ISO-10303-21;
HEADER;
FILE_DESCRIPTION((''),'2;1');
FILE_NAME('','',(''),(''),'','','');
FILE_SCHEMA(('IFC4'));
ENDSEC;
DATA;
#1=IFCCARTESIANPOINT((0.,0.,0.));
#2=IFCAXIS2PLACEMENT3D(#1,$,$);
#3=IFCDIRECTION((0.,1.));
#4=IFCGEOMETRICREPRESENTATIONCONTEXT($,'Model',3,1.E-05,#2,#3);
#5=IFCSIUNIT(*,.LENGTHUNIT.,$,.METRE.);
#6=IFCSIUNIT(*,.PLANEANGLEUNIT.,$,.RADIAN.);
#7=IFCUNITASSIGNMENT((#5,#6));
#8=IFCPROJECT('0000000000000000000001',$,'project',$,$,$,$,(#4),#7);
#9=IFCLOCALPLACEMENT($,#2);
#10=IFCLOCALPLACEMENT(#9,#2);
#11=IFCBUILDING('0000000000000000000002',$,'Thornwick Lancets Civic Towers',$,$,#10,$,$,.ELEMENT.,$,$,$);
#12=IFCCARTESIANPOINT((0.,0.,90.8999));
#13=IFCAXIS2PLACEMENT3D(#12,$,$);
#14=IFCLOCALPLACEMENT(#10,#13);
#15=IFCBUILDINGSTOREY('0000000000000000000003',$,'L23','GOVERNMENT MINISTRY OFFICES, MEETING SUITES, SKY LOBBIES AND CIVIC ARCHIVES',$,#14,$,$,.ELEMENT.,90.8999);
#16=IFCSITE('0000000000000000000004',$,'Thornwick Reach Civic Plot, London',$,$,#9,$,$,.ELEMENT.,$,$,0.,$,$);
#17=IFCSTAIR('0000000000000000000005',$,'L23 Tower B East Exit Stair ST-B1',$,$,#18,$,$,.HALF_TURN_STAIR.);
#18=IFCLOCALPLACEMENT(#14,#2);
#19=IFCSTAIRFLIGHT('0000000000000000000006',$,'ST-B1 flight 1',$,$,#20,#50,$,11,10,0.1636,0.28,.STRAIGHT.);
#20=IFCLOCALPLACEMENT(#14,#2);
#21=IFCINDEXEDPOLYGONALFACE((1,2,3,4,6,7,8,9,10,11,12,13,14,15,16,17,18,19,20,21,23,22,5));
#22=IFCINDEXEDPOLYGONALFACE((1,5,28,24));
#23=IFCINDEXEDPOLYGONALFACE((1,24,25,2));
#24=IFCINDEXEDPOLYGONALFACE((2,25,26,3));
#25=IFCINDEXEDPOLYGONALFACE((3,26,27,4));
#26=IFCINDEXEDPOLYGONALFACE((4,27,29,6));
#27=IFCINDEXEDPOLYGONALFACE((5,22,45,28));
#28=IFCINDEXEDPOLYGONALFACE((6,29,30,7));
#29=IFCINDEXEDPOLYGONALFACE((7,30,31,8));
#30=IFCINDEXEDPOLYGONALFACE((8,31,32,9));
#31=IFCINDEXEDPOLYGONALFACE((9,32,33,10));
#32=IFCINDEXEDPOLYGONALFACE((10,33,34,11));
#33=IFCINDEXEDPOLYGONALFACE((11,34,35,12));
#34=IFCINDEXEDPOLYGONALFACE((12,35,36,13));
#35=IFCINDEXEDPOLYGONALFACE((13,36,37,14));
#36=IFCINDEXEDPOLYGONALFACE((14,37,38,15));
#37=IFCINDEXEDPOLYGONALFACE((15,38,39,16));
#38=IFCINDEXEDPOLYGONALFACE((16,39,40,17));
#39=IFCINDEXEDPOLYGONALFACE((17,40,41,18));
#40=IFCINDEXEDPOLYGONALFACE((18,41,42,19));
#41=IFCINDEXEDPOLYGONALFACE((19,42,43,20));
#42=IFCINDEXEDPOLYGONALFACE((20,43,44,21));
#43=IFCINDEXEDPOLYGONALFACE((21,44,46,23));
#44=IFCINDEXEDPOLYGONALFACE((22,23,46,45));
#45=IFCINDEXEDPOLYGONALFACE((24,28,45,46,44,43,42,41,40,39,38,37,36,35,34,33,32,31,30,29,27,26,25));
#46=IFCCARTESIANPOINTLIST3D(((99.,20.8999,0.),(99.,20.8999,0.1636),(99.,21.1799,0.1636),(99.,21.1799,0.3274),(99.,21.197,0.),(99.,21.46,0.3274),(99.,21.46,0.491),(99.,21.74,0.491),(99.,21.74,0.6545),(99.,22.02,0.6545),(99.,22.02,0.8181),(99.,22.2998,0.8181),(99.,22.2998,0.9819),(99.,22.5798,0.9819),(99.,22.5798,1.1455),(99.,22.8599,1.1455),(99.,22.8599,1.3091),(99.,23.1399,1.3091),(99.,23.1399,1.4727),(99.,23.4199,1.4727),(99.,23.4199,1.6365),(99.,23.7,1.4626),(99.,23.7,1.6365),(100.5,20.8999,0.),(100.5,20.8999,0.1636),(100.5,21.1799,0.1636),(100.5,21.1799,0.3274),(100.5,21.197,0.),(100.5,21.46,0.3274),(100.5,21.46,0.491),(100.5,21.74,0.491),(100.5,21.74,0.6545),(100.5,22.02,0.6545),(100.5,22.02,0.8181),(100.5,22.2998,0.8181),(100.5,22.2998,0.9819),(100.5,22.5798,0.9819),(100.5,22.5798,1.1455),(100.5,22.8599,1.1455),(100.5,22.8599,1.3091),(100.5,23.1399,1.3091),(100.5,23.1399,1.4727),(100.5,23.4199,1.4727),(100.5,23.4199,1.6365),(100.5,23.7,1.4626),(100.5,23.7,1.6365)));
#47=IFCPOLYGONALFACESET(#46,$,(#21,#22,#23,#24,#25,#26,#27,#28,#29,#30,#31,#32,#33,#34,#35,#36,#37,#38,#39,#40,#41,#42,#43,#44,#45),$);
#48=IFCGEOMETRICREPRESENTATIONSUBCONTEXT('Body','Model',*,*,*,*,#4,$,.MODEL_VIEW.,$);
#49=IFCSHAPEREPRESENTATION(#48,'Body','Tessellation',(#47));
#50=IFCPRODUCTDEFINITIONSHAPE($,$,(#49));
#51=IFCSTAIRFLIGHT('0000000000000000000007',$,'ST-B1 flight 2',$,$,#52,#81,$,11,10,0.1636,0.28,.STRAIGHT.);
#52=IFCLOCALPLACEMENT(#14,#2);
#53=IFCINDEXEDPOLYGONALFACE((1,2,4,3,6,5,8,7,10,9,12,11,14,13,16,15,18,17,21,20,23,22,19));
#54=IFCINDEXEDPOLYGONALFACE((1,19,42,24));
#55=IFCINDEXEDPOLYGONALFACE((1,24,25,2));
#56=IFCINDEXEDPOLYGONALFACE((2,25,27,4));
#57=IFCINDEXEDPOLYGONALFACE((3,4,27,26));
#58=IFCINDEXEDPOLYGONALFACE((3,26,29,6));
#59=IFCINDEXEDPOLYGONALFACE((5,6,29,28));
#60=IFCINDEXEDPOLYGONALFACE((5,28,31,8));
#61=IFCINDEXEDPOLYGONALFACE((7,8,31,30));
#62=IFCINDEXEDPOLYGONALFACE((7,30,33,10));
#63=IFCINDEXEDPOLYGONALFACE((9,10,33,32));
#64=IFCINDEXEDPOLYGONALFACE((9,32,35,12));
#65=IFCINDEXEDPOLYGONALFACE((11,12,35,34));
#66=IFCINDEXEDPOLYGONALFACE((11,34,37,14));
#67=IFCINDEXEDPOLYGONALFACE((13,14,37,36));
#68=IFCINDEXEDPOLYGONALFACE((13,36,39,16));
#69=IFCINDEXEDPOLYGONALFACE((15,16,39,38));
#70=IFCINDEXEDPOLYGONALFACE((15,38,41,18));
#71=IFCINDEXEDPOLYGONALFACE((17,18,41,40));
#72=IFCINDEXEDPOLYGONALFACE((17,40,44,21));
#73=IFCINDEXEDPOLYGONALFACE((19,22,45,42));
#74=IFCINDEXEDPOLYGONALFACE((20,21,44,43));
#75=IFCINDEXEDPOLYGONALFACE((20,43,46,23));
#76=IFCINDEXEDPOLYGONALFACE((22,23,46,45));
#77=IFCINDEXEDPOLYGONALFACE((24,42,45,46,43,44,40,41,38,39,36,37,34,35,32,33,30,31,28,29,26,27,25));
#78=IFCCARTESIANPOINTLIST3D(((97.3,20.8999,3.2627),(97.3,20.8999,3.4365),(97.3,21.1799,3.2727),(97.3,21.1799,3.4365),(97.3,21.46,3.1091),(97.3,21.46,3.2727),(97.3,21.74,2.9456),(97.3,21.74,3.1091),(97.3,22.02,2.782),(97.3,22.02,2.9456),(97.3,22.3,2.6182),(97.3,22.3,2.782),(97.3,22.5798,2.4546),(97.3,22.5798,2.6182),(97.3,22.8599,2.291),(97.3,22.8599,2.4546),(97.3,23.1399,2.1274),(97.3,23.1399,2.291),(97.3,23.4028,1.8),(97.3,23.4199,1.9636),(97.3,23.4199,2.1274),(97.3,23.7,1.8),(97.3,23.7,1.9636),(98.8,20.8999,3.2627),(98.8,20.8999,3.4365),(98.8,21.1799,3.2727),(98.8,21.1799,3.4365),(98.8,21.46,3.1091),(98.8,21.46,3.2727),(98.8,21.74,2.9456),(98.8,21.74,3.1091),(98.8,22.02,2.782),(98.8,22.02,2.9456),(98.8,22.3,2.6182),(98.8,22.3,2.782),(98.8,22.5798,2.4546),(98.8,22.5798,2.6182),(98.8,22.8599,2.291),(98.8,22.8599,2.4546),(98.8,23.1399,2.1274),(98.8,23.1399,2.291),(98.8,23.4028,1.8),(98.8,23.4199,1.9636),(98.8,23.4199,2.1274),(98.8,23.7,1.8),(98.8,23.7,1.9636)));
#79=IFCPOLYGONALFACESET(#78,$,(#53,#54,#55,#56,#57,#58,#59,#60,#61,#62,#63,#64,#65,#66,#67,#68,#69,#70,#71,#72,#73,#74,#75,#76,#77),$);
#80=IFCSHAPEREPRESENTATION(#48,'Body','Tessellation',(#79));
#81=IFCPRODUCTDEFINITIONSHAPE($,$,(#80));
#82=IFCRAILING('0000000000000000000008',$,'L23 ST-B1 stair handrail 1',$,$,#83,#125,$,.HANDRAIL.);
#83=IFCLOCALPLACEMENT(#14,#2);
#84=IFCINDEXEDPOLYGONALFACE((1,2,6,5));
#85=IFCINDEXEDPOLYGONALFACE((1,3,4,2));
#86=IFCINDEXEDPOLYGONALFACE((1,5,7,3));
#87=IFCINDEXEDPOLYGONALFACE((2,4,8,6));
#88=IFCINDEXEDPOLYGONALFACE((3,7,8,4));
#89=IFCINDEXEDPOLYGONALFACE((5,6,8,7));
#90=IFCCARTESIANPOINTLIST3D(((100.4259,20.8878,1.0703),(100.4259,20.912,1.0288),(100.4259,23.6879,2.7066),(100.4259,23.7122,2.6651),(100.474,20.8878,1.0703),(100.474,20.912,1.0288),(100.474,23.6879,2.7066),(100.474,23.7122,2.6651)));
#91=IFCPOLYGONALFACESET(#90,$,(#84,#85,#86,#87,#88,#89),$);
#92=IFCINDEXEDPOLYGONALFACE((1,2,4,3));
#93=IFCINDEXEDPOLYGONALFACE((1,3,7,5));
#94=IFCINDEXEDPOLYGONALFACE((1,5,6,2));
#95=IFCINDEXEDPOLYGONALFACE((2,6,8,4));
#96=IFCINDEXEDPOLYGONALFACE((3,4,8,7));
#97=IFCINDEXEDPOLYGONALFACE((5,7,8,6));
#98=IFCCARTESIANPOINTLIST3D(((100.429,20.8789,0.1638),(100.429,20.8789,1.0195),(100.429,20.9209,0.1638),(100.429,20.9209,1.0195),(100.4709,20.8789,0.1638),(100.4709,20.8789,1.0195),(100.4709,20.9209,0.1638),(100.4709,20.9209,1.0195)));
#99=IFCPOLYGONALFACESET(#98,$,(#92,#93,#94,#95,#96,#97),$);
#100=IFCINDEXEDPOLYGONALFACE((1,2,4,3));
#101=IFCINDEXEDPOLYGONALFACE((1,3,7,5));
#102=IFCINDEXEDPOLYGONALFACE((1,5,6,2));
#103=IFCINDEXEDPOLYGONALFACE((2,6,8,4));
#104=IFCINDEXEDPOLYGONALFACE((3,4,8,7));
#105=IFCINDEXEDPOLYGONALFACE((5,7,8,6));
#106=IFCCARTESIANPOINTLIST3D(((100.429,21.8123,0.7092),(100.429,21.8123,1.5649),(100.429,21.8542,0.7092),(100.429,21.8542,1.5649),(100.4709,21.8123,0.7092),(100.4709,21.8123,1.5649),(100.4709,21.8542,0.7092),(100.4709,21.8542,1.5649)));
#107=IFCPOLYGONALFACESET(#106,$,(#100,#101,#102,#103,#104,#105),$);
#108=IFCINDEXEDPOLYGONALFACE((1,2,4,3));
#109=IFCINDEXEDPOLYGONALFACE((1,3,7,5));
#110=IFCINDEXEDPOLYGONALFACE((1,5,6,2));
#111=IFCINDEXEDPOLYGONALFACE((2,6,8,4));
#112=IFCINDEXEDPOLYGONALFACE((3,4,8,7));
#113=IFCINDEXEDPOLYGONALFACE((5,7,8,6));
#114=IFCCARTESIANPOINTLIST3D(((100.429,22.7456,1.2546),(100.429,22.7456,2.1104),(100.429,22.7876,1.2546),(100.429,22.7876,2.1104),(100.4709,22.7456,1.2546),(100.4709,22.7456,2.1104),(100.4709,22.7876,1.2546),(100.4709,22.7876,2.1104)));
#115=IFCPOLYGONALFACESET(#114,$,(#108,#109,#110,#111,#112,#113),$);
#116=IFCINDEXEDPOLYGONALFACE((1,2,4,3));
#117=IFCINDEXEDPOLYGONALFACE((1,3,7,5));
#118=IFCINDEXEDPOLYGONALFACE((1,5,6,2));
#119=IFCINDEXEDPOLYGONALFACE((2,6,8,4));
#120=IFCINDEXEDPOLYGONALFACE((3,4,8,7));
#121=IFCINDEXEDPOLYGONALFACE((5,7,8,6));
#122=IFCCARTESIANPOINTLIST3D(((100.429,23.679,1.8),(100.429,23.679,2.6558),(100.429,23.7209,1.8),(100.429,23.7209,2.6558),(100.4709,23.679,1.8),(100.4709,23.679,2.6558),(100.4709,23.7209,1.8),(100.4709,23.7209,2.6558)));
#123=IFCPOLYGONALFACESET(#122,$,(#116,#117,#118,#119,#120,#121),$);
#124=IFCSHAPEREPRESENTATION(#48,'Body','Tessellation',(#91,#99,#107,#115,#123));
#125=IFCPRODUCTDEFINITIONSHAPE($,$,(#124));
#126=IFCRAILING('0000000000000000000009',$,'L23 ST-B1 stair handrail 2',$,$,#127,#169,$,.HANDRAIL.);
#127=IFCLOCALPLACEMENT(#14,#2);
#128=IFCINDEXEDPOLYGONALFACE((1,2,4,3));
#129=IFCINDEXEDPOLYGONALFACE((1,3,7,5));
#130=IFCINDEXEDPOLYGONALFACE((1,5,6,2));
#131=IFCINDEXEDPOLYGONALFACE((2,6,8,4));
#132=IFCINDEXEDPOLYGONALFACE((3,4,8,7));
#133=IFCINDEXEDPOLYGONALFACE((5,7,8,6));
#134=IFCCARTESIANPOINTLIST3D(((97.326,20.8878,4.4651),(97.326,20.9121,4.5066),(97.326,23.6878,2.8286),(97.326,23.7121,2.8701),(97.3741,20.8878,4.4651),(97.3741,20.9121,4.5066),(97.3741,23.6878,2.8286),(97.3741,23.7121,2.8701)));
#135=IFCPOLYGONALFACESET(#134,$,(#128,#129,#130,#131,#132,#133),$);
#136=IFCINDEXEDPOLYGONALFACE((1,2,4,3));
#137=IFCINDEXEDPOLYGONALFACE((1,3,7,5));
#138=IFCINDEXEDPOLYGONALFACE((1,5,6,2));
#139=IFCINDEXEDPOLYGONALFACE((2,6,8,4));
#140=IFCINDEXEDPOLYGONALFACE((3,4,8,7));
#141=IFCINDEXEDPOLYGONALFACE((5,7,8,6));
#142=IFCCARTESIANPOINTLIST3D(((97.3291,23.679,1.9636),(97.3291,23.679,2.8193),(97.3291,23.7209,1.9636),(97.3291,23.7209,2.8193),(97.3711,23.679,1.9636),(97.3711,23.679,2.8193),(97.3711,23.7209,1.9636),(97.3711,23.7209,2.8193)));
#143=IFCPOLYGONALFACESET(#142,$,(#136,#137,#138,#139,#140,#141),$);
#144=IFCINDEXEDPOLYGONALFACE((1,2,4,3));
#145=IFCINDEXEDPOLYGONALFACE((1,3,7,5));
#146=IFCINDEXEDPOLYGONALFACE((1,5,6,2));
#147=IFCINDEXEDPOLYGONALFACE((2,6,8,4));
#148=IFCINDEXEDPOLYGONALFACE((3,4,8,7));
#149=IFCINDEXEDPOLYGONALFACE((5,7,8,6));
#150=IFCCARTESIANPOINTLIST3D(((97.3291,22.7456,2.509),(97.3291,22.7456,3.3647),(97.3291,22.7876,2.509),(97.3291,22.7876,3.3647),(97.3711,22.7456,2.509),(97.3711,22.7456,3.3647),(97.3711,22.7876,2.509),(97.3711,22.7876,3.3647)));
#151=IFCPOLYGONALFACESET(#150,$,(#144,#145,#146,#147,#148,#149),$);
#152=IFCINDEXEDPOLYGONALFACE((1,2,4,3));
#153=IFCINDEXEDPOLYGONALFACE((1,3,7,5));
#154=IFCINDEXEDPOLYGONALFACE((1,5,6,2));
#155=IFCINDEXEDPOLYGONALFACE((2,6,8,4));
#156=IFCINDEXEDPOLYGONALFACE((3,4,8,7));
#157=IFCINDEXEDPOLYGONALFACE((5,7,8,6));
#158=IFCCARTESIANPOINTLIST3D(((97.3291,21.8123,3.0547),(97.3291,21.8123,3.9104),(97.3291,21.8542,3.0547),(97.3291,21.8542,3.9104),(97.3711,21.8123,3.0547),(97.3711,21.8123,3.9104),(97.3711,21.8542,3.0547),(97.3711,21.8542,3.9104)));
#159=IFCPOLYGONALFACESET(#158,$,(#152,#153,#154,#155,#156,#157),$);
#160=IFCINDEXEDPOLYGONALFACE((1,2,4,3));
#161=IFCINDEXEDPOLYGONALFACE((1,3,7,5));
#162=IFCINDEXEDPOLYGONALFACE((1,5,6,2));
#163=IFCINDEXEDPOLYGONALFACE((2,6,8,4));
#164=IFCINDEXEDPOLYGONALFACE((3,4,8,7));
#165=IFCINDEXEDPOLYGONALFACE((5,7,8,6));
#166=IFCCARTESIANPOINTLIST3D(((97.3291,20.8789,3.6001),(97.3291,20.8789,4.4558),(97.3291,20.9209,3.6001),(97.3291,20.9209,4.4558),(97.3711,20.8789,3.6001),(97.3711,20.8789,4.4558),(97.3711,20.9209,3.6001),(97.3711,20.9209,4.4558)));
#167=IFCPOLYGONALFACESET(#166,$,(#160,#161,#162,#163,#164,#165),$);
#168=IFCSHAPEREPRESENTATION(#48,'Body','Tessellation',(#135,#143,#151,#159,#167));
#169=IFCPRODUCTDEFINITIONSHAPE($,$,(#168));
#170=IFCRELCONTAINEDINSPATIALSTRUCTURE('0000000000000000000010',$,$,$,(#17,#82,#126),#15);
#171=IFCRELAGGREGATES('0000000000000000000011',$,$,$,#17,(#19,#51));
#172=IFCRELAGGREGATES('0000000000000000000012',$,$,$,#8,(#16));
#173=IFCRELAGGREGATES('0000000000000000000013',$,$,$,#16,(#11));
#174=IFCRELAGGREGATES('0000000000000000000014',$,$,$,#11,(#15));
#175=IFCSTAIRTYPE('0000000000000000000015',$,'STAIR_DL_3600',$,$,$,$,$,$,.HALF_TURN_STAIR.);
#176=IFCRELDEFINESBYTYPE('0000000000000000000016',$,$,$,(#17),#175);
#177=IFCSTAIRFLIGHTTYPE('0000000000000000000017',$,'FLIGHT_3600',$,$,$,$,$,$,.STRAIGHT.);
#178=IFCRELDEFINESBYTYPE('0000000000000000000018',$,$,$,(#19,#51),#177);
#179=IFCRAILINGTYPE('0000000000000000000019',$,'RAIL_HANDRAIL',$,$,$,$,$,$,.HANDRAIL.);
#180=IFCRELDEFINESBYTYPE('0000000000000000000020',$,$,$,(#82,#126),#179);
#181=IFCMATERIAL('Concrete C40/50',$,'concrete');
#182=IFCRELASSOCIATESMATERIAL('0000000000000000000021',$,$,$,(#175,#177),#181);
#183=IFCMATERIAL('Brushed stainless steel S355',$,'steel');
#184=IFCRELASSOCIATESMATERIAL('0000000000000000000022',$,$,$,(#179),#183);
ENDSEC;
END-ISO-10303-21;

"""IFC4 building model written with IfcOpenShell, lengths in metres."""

from ifc_helpers import new_model, si_unit, direction, frame, origin, origin_2d, place, context, subcontext, project, spatial, polyline, rectangle, outline, extrude, material, type_object, element, aggregate, save


model = new_model("IFC4")

# Units and contexts
model_context = context("Model", 3, precision=1e-05, world=origin(), true_north=direction((0.0, 1.0)))
body_context = subcontext(model_context, "Body", "Model", "MODEL_VIEW")
ifc_project = project(units=[si_unit("LENGTHUNIT", "METRE"), si_unit("PLANEANGLEUNIT", "RADIAN")], contexts=[model_context])

# Site, building, storey
site_placement = place(None, origin())
site = spatial("IfcSite", under=ifc_project, at=site_placement, Name="Thornwick Reach Civic Plot, London", CompositionType="ELEMENT", RefElevation=0.0)
building_placement = place(site_placement, origin())
building = spatial("IfcBuilding", under=site, at=building_placement, Name="Thornwick Lancets Civic Towers", CompositionType="ELEMENT")
storey_placement = place(building_placement, frame((0.0, 0.0, 90.8999)))
storey = spatial("IfcBuildingStorey", under=building, at=storey_placement, Name="L23", Description="GOVERNMENT MINISTRY OFFICES, MEETING SUITES, SKY LOBBIES AND CIVIC ARCHIVES", CompositionType="ELEMENT", Elevation=90.8999)

# Shared definitions
ifc_material_1 = material(Name="Concrete C40/50", Category="concrete")

# Stair, stair flights
stair_type = type_object("IfcStairType", Name="STAIR_DL_3600", PredefinedType="HALF_TURN_STAIR", material=ifc_material_1)
stair_placement = place(storey_placement, origin())
stair = element("IfcStair", 1, at=stair_placement, inside=storey, type_object=stair_type, Name="L23 Tower B East Exit Stair ST-B1", PredefinedType="HALF_TURN_STAIR")
stair_flight_type = type_object("IfcStairFlightType", Name="FLIGHT_3600", PredefinedType="STRAIGHT", material=ifc_material_1)
stair_flight_1_placement = place(storey_placement, frame((99.75, 20.8999, 0.0), z_axis=(0.0, 0.0, 1.0), x_axis=(0.0, 1.0, 0.0)))
stair_flight_1 = element("IfcStairFlight", 2, at=stair_flight_1_placement, type_object=stair_flight_type, Name="ST-B1 flight 1", NumberOfRisers=11, NumberOfTreads=10, PredefinedType="STRAIGHT", RiserHeight=0.1636, TreadLength=0.28, context=body_context, shape_type="SweptSolid", body=[
    extrude(outline(polyline([(0.0, 0.0), (0.0, 0.1636), (0.28, 0.1636), (0.28, 0.3274), (0.5601, 0.3274), (0.5601, 0.491), (0.8401, 0.491), (0.8401, 0.6545), (1.1201, 0.6545), (1.1201, 0.8181), (1.3999, 0.8181), (1.3999, 0.9819), (1.6799, 0.9819), (1.6799, 1.1455), (1.96, 1.1455), (1.96, 1.3091), (2.24, 1.3091), (2.24, 1.4727), (2.52, 1.4727), (2.52, 1.6365), (2.8, 1.6365), (2.8, 1.8), (2.8, 1.4626), (0.2971, 0.0), (0.0, 0.0)])), frame((0.0, 0.75, 0.0), z_axis=(0.0, -1.0, 0.0), x_axis=(1.0, 0.0, 0.0)), (0.0, 0.0, 1.0), 1.5),
])
stair_flight_2_placement = place(storey_placement, frame((98.05, 23.7, 1.8), z_axis=(0.0, 0.0, 1.0), x_axis=(0.0, -1.0, 0.0)))
stair_flight_2 = element("IfcStairFlight", 3, at=stair_flight_2_placement, type_object=stair_flight_type, Name="ST-B1 flight 2", NumberOfRisers=11, NumberOfTreads=10, PredefinedType="STRAIGHT", RiserHeight=0.1636, TreadLength=0.28, context=body_context, shape_type="SweptSolid", body=[
    extrude(outline(polyline([(0.0, 0.0), (0.0, 0.1636), (0.28, 0.1636), (0.28, 0.3274), (0.5601, 0.3274), (0.5601, 0.491), (0.8401, 0.491), (0.8401, 0.6545), (1.1201, 0.6545), (1.1201, 0.8181), (1.3999, 0.8181), (1.3999, 0.9819), (1.6799, 0.9819), (1.6799, 1.1455), (1.96, 1.1455), (1.96, 1.3091), (2.24, 1.3091), (2.24, 1.4727), (2.52, 1.4727), (2.52, 1.6365), (2.8, 1.6365), (2.8, 1.8), (2.8, 1.4626), (0.2971, 0.0), (0.0, 0.0)])), frame((0.0, 0.75, 0.0), z_axis=(0.0, -1.0, 0.0), x_axis=(1.0, 0.0, 0.0)), (0.0, 0.0, 1.0), 1.5),
])
aggregate(stair, [stair_flight_1, stair_flight_2])

# Railings
ifc_material_2 = material(Name="Brushed stainless steel S355", Category="steel")
railing_type_1 = type_object("IfcRailingType", Name="RAIL_HANDRAIL", PredefinedType="HANDRAIL", material=ifc_material_2)
railing_1_placement = place(storey_placement, frame((100.45, 20.8999, 0.1638)))
element("IfcRailing", 4, at=railing_1_placement, inside=storey, type_object=railing_type_1, Name="L23 ST-B1 stair handrail 1", PredefinedType="HANDRAIL", context=body_context, shape_type="SweptSolid", body=[
    extrude(rectangle(XDim=0.0481, YDim=0.0481, at=origin_2d()), frame((0.0, 0.0, 0.8857), z_axis=(0.0, 0.863394, 0.504531), x_axis=(-1.0, 0.0, 0.0)), (0.0, 0.0, 1.0), 3.2432),
    extrude(rectangle(XDim=0.042, YDim=0.042, at=origin_2d()), origin(), (0.0, 0.0, 1.0), 0.8557),
    extrude(rectangle(XDim=0.042, YDim=0.042, at=origin_2d()), frame((0.0, 0.9333, 0.5454)), (0.0, 0.0, 1.0), 0.8557),
    extrude(rectangle(XDim=0.042, YDim=0.042, at=origin_2d()), frame((0.0, 1.8667, 1.0908)), (0.0, 0.0, 1.0), 0.8557),
    extrude(rectangle(XDim=0.042, YDim=0.042, at=origin_2d()), frame((0.0, 2.8, 1.6362)), (0.0, 0.0, 1.0), 0.8557),
])
railing_2_placement = place(storey_placement, frame((97.3501, 23.7, 1.9636)))
element("IfcRailing", 5, at=railing_2_placement, inside=storey, type_object=railing_type_1, Name="L23 ST-B1 stair handrail 2", PredefinedType="HANDRAIL", context=body_context, shape_type="SweptSolid", body=[
    extrude(rectangle(XDim=0.0481, YDim=0.0481, at=origin_2d()), frame((0.0, 0.0, 0.8857), z_axis=(0.0, -0.863361, 0.504587), x_axis=(1.0, 0.0, 0.0)), (0.0, 0.0, 1.0), 3.2432),
    extrude(rectangle(XDim=0.042, YDim=0.042, at=origin_2d()), origin(), (0.0, 0.0, 1.0), 0.8557),
    extrude(rectangle(XDim=0.042, YDim=0.042, at=origin_2d()), frame((0.0, -0.9333, 0.5454)), (0.0, 0.0, 1.0), 0.8557),
    extrude(rectangle(XDim=0.042, YDim=0.042, at=origin_2d()), frame((0.0, -1.8667, 1.0911)), (0.0, 0.0, 1.0), 0.8557),
    extrude(rectangle(XDim=0.042, YDim=0.042, at=origin_2d()), frame((0.0, -2.8, 1.6365)), (0.0, 0.0, 1.0), 0.8557),
])

save(model, "model.ifc")
